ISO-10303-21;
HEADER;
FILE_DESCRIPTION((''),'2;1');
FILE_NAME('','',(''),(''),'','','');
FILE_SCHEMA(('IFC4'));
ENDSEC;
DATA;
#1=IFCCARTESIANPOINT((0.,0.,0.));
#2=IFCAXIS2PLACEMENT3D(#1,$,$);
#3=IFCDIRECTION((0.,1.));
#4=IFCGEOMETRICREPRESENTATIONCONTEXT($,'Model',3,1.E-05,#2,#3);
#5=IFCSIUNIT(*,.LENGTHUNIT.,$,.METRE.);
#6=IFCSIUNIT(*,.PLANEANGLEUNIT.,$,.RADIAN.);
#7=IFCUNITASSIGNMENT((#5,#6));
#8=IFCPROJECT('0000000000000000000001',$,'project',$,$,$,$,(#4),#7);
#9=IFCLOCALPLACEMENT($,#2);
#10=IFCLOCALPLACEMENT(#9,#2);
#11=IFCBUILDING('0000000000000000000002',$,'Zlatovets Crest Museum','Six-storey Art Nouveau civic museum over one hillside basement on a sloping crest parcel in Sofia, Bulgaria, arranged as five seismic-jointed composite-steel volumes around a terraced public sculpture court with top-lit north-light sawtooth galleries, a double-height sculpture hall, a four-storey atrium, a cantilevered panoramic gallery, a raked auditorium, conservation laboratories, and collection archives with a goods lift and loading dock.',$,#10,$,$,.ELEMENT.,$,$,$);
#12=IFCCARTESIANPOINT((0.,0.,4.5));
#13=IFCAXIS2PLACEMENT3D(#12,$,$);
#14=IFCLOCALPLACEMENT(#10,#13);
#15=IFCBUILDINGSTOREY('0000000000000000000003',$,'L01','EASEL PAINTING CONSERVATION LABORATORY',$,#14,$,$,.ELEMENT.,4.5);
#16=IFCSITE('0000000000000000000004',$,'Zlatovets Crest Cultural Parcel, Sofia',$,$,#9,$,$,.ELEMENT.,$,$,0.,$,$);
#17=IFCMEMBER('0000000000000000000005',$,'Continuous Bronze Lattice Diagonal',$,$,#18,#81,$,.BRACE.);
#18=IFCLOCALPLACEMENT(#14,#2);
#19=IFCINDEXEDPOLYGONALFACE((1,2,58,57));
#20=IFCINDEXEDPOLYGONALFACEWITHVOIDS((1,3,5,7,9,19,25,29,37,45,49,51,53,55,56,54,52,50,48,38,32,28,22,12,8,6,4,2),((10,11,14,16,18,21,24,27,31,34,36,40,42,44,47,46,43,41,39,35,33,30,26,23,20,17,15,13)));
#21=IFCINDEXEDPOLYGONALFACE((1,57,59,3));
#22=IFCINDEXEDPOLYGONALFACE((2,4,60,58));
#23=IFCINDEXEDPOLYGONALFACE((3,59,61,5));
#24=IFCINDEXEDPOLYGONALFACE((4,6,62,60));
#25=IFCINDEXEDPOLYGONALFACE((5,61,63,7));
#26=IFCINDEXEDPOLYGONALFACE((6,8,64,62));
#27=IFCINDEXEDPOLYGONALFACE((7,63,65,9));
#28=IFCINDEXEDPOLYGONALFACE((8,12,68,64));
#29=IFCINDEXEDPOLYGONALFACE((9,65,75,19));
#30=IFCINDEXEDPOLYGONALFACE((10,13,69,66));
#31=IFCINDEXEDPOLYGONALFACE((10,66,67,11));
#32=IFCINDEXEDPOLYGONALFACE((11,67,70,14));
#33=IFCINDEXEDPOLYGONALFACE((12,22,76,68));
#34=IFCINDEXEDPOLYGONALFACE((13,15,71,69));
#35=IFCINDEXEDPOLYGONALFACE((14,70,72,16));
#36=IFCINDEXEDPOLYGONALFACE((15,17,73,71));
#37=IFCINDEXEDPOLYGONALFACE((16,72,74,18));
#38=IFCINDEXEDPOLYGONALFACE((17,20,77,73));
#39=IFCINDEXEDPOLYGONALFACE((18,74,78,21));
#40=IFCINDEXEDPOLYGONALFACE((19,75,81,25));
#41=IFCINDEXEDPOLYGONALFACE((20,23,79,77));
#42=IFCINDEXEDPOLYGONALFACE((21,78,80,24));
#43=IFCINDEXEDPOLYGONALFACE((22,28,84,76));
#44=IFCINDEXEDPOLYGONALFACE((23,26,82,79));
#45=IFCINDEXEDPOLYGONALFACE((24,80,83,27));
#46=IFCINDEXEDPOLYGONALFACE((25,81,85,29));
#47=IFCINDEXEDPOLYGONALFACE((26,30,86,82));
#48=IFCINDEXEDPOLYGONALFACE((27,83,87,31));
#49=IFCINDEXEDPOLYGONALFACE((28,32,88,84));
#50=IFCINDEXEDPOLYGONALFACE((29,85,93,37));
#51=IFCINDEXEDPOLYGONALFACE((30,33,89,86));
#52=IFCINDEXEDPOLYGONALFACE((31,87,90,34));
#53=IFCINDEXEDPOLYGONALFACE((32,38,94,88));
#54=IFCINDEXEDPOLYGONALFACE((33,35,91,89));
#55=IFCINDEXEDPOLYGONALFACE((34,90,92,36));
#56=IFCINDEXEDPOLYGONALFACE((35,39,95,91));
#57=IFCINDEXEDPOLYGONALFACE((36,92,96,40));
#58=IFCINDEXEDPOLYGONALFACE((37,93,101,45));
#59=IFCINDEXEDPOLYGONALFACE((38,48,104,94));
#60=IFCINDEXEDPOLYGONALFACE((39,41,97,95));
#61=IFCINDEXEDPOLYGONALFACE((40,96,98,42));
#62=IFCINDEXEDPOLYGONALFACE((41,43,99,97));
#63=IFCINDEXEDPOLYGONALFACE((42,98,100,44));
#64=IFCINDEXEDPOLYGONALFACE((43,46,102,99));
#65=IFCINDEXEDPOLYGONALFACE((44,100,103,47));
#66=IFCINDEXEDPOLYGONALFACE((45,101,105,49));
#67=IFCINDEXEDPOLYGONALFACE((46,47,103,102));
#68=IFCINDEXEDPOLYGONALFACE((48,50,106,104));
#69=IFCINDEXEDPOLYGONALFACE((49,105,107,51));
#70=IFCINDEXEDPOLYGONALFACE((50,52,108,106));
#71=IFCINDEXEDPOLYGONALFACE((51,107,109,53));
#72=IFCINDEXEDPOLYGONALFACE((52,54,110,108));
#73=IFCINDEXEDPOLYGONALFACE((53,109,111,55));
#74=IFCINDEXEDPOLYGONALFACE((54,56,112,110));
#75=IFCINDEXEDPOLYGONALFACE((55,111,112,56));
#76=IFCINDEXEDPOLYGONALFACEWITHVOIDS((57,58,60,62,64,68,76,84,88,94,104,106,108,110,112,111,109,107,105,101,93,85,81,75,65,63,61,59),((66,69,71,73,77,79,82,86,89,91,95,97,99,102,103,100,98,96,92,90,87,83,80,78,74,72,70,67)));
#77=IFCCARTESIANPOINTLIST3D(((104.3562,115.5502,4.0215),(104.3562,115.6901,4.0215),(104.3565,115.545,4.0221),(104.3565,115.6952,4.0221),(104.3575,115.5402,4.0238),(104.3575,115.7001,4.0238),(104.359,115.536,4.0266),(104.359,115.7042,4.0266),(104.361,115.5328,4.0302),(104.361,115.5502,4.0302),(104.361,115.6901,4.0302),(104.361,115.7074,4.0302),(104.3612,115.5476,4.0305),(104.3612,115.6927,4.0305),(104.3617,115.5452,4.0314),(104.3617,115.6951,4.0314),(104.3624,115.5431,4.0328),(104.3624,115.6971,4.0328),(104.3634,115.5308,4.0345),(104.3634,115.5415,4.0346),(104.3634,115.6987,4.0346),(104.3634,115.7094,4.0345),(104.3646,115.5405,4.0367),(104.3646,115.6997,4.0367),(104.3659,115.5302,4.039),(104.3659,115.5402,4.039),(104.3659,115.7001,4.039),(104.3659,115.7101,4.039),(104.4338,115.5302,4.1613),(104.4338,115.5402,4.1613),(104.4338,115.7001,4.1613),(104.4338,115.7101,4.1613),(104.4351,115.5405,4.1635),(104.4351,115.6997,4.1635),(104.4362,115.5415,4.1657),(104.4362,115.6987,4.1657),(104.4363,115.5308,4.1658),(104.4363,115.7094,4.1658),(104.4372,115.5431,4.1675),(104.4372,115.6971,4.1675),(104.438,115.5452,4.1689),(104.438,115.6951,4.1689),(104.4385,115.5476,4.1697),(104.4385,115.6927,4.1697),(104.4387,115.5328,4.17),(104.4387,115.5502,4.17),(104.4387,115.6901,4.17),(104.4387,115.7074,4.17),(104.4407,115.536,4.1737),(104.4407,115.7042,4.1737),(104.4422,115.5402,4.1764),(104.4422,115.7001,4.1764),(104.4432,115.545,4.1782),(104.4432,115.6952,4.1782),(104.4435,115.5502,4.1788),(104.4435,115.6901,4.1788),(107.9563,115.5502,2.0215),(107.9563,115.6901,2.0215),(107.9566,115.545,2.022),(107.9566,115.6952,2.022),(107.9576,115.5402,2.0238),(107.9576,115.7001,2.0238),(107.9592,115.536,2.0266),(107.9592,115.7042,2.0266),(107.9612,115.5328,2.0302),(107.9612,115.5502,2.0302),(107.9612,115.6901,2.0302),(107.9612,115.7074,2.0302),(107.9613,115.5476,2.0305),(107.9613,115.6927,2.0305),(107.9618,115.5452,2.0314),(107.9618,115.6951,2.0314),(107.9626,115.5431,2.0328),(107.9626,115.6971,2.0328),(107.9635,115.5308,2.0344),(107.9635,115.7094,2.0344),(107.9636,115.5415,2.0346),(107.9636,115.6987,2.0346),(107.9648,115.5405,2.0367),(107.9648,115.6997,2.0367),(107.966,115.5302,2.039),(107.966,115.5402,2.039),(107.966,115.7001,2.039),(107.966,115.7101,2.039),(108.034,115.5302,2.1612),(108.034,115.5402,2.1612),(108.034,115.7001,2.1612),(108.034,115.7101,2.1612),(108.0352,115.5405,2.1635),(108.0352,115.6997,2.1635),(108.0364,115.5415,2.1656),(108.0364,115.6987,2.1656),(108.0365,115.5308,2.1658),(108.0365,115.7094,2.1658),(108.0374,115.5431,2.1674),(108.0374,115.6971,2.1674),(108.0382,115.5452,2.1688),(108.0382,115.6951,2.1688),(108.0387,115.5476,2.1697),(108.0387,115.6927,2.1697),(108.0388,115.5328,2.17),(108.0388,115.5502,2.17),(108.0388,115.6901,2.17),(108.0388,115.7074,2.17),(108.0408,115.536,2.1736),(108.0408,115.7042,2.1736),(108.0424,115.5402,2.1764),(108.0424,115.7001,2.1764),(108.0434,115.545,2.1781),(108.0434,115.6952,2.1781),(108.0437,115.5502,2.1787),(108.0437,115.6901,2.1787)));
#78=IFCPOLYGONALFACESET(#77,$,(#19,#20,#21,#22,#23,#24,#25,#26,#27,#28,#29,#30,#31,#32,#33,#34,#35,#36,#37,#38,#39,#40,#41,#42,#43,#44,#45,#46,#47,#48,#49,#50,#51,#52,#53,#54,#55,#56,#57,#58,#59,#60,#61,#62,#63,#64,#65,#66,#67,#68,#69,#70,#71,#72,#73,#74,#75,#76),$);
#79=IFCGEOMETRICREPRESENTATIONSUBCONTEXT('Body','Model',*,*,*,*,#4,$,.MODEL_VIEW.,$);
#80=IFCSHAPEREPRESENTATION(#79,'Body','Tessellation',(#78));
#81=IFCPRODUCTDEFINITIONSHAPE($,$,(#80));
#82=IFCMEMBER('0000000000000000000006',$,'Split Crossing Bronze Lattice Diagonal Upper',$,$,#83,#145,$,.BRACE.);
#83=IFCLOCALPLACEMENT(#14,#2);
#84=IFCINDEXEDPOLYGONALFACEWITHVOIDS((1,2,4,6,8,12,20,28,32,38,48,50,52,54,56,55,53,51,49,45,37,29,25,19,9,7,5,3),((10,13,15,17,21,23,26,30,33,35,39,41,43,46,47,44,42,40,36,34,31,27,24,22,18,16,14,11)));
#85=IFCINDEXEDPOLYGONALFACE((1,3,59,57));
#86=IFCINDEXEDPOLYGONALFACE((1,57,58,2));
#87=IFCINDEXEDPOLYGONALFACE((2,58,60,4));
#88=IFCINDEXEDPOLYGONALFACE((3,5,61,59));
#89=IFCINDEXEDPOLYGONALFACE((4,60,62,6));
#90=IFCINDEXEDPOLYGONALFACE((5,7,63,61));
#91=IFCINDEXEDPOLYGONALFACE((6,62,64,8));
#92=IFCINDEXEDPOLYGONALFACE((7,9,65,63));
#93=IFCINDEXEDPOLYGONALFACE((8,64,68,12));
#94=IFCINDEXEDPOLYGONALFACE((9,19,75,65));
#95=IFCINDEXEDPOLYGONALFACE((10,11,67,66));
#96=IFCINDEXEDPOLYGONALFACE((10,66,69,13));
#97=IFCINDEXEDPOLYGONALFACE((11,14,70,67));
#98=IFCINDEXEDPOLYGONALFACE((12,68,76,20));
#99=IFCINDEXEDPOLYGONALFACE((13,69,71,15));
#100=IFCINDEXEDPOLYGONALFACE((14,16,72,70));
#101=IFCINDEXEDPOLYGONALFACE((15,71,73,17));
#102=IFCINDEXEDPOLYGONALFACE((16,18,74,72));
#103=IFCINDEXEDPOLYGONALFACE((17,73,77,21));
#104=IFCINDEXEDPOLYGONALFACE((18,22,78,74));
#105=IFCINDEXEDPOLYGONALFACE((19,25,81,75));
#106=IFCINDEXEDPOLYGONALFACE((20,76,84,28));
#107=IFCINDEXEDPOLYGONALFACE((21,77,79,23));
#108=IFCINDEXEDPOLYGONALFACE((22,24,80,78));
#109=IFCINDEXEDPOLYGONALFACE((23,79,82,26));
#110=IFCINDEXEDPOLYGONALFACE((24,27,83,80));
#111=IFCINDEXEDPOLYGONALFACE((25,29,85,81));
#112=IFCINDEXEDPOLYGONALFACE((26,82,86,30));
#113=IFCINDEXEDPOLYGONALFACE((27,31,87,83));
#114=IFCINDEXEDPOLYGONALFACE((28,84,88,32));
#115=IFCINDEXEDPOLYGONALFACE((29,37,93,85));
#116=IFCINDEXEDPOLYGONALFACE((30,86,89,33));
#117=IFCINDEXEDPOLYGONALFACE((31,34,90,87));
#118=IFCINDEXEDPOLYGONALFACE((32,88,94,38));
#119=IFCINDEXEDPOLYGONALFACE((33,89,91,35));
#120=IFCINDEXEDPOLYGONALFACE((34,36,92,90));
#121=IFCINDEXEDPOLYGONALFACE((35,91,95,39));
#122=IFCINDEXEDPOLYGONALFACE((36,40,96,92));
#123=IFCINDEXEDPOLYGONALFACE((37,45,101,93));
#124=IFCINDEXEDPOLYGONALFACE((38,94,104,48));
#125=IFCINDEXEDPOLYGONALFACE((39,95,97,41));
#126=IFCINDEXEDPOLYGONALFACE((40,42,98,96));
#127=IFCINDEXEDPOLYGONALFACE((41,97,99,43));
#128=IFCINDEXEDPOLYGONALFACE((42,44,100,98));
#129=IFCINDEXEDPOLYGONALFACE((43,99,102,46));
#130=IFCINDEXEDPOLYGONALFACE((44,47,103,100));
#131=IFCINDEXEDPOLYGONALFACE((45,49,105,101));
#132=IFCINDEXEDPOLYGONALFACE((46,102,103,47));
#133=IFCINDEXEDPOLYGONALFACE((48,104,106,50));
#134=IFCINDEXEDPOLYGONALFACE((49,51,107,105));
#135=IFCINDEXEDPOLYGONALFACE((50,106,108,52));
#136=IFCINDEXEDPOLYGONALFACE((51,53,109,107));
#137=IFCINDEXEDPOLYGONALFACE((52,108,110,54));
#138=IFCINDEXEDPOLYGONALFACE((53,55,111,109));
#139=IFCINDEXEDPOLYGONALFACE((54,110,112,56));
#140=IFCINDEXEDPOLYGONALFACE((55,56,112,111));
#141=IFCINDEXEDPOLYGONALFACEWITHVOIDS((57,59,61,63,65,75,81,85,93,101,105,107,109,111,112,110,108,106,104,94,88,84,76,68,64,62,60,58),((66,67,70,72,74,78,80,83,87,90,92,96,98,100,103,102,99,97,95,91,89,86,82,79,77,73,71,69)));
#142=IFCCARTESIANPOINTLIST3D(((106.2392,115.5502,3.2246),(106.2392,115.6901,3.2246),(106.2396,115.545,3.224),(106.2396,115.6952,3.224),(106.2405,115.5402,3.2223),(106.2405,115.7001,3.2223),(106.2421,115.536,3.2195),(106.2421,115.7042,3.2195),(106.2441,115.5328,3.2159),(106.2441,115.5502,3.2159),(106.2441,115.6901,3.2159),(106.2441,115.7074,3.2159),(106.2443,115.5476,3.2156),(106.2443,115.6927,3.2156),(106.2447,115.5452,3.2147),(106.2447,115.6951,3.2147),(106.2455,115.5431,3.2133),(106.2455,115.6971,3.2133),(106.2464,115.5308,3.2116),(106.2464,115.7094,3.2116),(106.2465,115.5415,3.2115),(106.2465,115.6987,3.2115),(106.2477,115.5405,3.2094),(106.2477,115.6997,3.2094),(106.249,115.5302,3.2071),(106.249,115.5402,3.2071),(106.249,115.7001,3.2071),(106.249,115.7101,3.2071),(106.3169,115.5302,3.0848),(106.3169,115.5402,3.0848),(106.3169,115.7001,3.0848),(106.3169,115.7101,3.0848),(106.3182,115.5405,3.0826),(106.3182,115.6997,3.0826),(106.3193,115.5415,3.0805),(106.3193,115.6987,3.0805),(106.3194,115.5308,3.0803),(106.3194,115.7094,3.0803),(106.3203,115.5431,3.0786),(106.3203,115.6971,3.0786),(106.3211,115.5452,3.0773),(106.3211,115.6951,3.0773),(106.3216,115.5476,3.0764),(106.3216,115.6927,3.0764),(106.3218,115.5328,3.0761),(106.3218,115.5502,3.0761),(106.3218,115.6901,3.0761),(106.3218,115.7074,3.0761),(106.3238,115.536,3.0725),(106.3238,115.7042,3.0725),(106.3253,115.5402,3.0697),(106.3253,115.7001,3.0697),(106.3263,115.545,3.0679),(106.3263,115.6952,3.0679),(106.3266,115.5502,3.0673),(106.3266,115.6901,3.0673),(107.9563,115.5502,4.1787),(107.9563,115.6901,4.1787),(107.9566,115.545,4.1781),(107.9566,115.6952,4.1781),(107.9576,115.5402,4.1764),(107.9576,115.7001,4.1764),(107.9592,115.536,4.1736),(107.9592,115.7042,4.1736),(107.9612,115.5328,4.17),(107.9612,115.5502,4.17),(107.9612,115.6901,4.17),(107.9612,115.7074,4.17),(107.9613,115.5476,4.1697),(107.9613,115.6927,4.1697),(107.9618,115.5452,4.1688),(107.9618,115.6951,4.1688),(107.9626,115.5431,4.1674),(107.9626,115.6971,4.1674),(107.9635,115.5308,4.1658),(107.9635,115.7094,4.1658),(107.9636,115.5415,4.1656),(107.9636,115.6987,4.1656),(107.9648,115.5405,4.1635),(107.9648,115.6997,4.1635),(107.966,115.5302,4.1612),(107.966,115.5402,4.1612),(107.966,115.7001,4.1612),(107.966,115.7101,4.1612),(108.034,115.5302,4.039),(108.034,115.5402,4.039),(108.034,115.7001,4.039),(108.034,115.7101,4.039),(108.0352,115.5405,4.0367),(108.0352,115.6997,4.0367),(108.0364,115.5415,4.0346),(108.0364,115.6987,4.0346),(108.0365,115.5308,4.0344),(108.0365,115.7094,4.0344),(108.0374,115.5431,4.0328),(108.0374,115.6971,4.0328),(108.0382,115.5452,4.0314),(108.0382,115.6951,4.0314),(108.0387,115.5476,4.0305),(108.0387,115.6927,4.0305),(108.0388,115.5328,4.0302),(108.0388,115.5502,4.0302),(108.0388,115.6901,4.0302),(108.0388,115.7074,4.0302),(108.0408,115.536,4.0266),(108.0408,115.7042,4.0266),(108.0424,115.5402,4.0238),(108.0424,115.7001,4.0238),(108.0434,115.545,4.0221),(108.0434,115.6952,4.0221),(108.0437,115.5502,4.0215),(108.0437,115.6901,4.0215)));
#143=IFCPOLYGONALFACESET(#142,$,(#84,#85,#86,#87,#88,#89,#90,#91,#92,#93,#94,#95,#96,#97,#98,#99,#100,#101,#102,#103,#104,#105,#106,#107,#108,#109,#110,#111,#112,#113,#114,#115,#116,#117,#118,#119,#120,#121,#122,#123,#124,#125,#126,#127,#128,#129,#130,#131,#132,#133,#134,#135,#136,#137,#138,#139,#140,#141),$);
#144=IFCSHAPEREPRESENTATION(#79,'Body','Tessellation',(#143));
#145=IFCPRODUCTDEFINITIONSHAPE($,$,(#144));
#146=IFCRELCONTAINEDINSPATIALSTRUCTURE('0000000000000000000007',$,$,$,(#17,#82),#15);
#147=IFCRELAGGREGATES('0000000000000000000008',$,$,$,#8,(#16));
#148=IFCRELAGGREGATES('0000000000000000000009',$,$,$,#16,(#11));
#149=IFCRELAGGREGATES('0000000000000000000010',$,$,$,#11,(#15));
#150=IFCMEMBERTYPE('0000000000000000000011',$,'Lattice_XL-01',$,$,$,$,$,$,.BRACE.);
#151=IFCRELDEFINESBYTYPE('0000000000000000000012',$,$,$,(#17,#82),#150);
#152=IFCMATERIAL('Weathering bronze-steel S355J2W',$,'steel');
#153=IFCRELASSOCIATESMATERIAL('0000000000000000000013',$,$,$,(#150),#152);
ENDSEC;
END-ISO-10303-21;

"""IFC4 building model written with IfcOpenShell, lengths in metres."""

from ifc_helpers import new_model, si_unit, direction, frame, origin, origin_2d, place, context, subcontext, project, spatial, hollow_rectangle, extrude, material, material_profile, profile_set, type_object, element, save


model = new_model("IFC4")

# Units and contexts
model_context = context("Model", 3, precision=1e-05, world=origin(), true_north=direction((0.0, 1.0)))
body_context = subcontext(model_context, "Body", "Model", "MODEL_VIEW")
ifc_project = project(units=[si_unit("LENGTHUNIT", "METRE"), si_unit("PLANEANGLEUNIT", "RADIAN")], contexts=[model_context])

# Site, building, storey
site_placement = place(None, origin())
site = spatial("IfcSite", under=ifc_project, at=site_placement, Name="Zlatovets Crest Cultural Parcel, Sofia", CompositionType="ELEMENT", RefElevation=0.0)
building_placement = place(site_placement, origin())
building = spatial("IfcBuilding", under=site, at=building_placement, Name="Zlatovets Crest Museum", Description="Six-storey Art Nouveau civic museum over one hillside basement on a sloping crest parcel in Sofia, Bulgaria, arranged as five seismic-jointed composite-steel volumes around a terraced public sculpture court with top-lit north-light sawtooth galleries, a double-height sculpture hall, a four-storey atrium, a cantilevered panoramic gallery, a raked auditorium, conservation laboratories, and collection archives with a goods lift and loading dock.", CompositionType="ELEMENT")
storey_placement = place(building_placement, frame((0.0, 0.0, 4.5)))
storey = spatial("IfcBuildingStorey", under=building, at=storey_placement, Name="L01", Description="EASEL PAINTING CONSERVATION LABORATORY", CompositionType="ELEMENT", Elevation=4.5)

# Members
ifc_material_1 = material(Name="Weathering bronze-steel S355J2W", Category="steel")
ifc_material_profile_1 = material_profile(ifc_material_1, hollow_rectangle(XDim=0.1799, YDim=0.1799, WallThickness=0.01, InnerFilletRadius=0.01, OuterFilletRadius=0.02, at=origin_2d()), Name="SHS 180x180x10.0")
ifc_profile_set_1 = profile_set([ifc_material_profile_1], Name="Weathering bronze-steel S355J2W")
member_type_1 = type_object("IfcMemberType", Name="Lattice_XL-01", PredefinedType="BRACE", material=ifc_profile_set_1)
member_1_placement = place(storey_placement, frame((108.0, 115.6201, 2.1001), z_axis=(-0.874163, 0.0, 0.485633), x_axis=(0.0, -1.0, 0.0)))
element("IfcMember", 1, at=member_1_placement, inside=storey, type_object=member_type_1, Name="Continuous Bronze Lattice Diagonal", PredefinedType="BRACE", context=body_context, shape_type="SweptSolid", body=[
    extrude(hollow_rectangle(XDim=0.1799, YDim=0.1799, WallThickness=0.01, InnerFilletRadius=0.01, OuterFilletRadius=0.02, at=origin_2d()), origin(), (0.0, 0.0, 1.0), 4.1184),
])
member_2_placement = place(storey_placement, frame((108.0, 115.6201, 4.1001), z_axis=(-0.874116, 0.0, -0.485717), x_axis=(0.0, -1.0, 0.0)))
element("IfcMember", 2, at=member_2_placement, inside=storey, type_object=member_type_1, Name="Split Crossing Bronze Lattice Diagonal Upper", PredefinedType="BRACE", context=body_context, shape_type="SweptSolid", body=[
    extrude(hollow_rectangle(XDim=0.1799, YDim=0.1799, WallThickness=0.01, InnerFilletRadius=0.01, OuterFilletRadius=0.02, at=origin_2d()), origin(), (0.0, 0.0, 1.0), 1.9644),
])

save(model, "model.ifc")
